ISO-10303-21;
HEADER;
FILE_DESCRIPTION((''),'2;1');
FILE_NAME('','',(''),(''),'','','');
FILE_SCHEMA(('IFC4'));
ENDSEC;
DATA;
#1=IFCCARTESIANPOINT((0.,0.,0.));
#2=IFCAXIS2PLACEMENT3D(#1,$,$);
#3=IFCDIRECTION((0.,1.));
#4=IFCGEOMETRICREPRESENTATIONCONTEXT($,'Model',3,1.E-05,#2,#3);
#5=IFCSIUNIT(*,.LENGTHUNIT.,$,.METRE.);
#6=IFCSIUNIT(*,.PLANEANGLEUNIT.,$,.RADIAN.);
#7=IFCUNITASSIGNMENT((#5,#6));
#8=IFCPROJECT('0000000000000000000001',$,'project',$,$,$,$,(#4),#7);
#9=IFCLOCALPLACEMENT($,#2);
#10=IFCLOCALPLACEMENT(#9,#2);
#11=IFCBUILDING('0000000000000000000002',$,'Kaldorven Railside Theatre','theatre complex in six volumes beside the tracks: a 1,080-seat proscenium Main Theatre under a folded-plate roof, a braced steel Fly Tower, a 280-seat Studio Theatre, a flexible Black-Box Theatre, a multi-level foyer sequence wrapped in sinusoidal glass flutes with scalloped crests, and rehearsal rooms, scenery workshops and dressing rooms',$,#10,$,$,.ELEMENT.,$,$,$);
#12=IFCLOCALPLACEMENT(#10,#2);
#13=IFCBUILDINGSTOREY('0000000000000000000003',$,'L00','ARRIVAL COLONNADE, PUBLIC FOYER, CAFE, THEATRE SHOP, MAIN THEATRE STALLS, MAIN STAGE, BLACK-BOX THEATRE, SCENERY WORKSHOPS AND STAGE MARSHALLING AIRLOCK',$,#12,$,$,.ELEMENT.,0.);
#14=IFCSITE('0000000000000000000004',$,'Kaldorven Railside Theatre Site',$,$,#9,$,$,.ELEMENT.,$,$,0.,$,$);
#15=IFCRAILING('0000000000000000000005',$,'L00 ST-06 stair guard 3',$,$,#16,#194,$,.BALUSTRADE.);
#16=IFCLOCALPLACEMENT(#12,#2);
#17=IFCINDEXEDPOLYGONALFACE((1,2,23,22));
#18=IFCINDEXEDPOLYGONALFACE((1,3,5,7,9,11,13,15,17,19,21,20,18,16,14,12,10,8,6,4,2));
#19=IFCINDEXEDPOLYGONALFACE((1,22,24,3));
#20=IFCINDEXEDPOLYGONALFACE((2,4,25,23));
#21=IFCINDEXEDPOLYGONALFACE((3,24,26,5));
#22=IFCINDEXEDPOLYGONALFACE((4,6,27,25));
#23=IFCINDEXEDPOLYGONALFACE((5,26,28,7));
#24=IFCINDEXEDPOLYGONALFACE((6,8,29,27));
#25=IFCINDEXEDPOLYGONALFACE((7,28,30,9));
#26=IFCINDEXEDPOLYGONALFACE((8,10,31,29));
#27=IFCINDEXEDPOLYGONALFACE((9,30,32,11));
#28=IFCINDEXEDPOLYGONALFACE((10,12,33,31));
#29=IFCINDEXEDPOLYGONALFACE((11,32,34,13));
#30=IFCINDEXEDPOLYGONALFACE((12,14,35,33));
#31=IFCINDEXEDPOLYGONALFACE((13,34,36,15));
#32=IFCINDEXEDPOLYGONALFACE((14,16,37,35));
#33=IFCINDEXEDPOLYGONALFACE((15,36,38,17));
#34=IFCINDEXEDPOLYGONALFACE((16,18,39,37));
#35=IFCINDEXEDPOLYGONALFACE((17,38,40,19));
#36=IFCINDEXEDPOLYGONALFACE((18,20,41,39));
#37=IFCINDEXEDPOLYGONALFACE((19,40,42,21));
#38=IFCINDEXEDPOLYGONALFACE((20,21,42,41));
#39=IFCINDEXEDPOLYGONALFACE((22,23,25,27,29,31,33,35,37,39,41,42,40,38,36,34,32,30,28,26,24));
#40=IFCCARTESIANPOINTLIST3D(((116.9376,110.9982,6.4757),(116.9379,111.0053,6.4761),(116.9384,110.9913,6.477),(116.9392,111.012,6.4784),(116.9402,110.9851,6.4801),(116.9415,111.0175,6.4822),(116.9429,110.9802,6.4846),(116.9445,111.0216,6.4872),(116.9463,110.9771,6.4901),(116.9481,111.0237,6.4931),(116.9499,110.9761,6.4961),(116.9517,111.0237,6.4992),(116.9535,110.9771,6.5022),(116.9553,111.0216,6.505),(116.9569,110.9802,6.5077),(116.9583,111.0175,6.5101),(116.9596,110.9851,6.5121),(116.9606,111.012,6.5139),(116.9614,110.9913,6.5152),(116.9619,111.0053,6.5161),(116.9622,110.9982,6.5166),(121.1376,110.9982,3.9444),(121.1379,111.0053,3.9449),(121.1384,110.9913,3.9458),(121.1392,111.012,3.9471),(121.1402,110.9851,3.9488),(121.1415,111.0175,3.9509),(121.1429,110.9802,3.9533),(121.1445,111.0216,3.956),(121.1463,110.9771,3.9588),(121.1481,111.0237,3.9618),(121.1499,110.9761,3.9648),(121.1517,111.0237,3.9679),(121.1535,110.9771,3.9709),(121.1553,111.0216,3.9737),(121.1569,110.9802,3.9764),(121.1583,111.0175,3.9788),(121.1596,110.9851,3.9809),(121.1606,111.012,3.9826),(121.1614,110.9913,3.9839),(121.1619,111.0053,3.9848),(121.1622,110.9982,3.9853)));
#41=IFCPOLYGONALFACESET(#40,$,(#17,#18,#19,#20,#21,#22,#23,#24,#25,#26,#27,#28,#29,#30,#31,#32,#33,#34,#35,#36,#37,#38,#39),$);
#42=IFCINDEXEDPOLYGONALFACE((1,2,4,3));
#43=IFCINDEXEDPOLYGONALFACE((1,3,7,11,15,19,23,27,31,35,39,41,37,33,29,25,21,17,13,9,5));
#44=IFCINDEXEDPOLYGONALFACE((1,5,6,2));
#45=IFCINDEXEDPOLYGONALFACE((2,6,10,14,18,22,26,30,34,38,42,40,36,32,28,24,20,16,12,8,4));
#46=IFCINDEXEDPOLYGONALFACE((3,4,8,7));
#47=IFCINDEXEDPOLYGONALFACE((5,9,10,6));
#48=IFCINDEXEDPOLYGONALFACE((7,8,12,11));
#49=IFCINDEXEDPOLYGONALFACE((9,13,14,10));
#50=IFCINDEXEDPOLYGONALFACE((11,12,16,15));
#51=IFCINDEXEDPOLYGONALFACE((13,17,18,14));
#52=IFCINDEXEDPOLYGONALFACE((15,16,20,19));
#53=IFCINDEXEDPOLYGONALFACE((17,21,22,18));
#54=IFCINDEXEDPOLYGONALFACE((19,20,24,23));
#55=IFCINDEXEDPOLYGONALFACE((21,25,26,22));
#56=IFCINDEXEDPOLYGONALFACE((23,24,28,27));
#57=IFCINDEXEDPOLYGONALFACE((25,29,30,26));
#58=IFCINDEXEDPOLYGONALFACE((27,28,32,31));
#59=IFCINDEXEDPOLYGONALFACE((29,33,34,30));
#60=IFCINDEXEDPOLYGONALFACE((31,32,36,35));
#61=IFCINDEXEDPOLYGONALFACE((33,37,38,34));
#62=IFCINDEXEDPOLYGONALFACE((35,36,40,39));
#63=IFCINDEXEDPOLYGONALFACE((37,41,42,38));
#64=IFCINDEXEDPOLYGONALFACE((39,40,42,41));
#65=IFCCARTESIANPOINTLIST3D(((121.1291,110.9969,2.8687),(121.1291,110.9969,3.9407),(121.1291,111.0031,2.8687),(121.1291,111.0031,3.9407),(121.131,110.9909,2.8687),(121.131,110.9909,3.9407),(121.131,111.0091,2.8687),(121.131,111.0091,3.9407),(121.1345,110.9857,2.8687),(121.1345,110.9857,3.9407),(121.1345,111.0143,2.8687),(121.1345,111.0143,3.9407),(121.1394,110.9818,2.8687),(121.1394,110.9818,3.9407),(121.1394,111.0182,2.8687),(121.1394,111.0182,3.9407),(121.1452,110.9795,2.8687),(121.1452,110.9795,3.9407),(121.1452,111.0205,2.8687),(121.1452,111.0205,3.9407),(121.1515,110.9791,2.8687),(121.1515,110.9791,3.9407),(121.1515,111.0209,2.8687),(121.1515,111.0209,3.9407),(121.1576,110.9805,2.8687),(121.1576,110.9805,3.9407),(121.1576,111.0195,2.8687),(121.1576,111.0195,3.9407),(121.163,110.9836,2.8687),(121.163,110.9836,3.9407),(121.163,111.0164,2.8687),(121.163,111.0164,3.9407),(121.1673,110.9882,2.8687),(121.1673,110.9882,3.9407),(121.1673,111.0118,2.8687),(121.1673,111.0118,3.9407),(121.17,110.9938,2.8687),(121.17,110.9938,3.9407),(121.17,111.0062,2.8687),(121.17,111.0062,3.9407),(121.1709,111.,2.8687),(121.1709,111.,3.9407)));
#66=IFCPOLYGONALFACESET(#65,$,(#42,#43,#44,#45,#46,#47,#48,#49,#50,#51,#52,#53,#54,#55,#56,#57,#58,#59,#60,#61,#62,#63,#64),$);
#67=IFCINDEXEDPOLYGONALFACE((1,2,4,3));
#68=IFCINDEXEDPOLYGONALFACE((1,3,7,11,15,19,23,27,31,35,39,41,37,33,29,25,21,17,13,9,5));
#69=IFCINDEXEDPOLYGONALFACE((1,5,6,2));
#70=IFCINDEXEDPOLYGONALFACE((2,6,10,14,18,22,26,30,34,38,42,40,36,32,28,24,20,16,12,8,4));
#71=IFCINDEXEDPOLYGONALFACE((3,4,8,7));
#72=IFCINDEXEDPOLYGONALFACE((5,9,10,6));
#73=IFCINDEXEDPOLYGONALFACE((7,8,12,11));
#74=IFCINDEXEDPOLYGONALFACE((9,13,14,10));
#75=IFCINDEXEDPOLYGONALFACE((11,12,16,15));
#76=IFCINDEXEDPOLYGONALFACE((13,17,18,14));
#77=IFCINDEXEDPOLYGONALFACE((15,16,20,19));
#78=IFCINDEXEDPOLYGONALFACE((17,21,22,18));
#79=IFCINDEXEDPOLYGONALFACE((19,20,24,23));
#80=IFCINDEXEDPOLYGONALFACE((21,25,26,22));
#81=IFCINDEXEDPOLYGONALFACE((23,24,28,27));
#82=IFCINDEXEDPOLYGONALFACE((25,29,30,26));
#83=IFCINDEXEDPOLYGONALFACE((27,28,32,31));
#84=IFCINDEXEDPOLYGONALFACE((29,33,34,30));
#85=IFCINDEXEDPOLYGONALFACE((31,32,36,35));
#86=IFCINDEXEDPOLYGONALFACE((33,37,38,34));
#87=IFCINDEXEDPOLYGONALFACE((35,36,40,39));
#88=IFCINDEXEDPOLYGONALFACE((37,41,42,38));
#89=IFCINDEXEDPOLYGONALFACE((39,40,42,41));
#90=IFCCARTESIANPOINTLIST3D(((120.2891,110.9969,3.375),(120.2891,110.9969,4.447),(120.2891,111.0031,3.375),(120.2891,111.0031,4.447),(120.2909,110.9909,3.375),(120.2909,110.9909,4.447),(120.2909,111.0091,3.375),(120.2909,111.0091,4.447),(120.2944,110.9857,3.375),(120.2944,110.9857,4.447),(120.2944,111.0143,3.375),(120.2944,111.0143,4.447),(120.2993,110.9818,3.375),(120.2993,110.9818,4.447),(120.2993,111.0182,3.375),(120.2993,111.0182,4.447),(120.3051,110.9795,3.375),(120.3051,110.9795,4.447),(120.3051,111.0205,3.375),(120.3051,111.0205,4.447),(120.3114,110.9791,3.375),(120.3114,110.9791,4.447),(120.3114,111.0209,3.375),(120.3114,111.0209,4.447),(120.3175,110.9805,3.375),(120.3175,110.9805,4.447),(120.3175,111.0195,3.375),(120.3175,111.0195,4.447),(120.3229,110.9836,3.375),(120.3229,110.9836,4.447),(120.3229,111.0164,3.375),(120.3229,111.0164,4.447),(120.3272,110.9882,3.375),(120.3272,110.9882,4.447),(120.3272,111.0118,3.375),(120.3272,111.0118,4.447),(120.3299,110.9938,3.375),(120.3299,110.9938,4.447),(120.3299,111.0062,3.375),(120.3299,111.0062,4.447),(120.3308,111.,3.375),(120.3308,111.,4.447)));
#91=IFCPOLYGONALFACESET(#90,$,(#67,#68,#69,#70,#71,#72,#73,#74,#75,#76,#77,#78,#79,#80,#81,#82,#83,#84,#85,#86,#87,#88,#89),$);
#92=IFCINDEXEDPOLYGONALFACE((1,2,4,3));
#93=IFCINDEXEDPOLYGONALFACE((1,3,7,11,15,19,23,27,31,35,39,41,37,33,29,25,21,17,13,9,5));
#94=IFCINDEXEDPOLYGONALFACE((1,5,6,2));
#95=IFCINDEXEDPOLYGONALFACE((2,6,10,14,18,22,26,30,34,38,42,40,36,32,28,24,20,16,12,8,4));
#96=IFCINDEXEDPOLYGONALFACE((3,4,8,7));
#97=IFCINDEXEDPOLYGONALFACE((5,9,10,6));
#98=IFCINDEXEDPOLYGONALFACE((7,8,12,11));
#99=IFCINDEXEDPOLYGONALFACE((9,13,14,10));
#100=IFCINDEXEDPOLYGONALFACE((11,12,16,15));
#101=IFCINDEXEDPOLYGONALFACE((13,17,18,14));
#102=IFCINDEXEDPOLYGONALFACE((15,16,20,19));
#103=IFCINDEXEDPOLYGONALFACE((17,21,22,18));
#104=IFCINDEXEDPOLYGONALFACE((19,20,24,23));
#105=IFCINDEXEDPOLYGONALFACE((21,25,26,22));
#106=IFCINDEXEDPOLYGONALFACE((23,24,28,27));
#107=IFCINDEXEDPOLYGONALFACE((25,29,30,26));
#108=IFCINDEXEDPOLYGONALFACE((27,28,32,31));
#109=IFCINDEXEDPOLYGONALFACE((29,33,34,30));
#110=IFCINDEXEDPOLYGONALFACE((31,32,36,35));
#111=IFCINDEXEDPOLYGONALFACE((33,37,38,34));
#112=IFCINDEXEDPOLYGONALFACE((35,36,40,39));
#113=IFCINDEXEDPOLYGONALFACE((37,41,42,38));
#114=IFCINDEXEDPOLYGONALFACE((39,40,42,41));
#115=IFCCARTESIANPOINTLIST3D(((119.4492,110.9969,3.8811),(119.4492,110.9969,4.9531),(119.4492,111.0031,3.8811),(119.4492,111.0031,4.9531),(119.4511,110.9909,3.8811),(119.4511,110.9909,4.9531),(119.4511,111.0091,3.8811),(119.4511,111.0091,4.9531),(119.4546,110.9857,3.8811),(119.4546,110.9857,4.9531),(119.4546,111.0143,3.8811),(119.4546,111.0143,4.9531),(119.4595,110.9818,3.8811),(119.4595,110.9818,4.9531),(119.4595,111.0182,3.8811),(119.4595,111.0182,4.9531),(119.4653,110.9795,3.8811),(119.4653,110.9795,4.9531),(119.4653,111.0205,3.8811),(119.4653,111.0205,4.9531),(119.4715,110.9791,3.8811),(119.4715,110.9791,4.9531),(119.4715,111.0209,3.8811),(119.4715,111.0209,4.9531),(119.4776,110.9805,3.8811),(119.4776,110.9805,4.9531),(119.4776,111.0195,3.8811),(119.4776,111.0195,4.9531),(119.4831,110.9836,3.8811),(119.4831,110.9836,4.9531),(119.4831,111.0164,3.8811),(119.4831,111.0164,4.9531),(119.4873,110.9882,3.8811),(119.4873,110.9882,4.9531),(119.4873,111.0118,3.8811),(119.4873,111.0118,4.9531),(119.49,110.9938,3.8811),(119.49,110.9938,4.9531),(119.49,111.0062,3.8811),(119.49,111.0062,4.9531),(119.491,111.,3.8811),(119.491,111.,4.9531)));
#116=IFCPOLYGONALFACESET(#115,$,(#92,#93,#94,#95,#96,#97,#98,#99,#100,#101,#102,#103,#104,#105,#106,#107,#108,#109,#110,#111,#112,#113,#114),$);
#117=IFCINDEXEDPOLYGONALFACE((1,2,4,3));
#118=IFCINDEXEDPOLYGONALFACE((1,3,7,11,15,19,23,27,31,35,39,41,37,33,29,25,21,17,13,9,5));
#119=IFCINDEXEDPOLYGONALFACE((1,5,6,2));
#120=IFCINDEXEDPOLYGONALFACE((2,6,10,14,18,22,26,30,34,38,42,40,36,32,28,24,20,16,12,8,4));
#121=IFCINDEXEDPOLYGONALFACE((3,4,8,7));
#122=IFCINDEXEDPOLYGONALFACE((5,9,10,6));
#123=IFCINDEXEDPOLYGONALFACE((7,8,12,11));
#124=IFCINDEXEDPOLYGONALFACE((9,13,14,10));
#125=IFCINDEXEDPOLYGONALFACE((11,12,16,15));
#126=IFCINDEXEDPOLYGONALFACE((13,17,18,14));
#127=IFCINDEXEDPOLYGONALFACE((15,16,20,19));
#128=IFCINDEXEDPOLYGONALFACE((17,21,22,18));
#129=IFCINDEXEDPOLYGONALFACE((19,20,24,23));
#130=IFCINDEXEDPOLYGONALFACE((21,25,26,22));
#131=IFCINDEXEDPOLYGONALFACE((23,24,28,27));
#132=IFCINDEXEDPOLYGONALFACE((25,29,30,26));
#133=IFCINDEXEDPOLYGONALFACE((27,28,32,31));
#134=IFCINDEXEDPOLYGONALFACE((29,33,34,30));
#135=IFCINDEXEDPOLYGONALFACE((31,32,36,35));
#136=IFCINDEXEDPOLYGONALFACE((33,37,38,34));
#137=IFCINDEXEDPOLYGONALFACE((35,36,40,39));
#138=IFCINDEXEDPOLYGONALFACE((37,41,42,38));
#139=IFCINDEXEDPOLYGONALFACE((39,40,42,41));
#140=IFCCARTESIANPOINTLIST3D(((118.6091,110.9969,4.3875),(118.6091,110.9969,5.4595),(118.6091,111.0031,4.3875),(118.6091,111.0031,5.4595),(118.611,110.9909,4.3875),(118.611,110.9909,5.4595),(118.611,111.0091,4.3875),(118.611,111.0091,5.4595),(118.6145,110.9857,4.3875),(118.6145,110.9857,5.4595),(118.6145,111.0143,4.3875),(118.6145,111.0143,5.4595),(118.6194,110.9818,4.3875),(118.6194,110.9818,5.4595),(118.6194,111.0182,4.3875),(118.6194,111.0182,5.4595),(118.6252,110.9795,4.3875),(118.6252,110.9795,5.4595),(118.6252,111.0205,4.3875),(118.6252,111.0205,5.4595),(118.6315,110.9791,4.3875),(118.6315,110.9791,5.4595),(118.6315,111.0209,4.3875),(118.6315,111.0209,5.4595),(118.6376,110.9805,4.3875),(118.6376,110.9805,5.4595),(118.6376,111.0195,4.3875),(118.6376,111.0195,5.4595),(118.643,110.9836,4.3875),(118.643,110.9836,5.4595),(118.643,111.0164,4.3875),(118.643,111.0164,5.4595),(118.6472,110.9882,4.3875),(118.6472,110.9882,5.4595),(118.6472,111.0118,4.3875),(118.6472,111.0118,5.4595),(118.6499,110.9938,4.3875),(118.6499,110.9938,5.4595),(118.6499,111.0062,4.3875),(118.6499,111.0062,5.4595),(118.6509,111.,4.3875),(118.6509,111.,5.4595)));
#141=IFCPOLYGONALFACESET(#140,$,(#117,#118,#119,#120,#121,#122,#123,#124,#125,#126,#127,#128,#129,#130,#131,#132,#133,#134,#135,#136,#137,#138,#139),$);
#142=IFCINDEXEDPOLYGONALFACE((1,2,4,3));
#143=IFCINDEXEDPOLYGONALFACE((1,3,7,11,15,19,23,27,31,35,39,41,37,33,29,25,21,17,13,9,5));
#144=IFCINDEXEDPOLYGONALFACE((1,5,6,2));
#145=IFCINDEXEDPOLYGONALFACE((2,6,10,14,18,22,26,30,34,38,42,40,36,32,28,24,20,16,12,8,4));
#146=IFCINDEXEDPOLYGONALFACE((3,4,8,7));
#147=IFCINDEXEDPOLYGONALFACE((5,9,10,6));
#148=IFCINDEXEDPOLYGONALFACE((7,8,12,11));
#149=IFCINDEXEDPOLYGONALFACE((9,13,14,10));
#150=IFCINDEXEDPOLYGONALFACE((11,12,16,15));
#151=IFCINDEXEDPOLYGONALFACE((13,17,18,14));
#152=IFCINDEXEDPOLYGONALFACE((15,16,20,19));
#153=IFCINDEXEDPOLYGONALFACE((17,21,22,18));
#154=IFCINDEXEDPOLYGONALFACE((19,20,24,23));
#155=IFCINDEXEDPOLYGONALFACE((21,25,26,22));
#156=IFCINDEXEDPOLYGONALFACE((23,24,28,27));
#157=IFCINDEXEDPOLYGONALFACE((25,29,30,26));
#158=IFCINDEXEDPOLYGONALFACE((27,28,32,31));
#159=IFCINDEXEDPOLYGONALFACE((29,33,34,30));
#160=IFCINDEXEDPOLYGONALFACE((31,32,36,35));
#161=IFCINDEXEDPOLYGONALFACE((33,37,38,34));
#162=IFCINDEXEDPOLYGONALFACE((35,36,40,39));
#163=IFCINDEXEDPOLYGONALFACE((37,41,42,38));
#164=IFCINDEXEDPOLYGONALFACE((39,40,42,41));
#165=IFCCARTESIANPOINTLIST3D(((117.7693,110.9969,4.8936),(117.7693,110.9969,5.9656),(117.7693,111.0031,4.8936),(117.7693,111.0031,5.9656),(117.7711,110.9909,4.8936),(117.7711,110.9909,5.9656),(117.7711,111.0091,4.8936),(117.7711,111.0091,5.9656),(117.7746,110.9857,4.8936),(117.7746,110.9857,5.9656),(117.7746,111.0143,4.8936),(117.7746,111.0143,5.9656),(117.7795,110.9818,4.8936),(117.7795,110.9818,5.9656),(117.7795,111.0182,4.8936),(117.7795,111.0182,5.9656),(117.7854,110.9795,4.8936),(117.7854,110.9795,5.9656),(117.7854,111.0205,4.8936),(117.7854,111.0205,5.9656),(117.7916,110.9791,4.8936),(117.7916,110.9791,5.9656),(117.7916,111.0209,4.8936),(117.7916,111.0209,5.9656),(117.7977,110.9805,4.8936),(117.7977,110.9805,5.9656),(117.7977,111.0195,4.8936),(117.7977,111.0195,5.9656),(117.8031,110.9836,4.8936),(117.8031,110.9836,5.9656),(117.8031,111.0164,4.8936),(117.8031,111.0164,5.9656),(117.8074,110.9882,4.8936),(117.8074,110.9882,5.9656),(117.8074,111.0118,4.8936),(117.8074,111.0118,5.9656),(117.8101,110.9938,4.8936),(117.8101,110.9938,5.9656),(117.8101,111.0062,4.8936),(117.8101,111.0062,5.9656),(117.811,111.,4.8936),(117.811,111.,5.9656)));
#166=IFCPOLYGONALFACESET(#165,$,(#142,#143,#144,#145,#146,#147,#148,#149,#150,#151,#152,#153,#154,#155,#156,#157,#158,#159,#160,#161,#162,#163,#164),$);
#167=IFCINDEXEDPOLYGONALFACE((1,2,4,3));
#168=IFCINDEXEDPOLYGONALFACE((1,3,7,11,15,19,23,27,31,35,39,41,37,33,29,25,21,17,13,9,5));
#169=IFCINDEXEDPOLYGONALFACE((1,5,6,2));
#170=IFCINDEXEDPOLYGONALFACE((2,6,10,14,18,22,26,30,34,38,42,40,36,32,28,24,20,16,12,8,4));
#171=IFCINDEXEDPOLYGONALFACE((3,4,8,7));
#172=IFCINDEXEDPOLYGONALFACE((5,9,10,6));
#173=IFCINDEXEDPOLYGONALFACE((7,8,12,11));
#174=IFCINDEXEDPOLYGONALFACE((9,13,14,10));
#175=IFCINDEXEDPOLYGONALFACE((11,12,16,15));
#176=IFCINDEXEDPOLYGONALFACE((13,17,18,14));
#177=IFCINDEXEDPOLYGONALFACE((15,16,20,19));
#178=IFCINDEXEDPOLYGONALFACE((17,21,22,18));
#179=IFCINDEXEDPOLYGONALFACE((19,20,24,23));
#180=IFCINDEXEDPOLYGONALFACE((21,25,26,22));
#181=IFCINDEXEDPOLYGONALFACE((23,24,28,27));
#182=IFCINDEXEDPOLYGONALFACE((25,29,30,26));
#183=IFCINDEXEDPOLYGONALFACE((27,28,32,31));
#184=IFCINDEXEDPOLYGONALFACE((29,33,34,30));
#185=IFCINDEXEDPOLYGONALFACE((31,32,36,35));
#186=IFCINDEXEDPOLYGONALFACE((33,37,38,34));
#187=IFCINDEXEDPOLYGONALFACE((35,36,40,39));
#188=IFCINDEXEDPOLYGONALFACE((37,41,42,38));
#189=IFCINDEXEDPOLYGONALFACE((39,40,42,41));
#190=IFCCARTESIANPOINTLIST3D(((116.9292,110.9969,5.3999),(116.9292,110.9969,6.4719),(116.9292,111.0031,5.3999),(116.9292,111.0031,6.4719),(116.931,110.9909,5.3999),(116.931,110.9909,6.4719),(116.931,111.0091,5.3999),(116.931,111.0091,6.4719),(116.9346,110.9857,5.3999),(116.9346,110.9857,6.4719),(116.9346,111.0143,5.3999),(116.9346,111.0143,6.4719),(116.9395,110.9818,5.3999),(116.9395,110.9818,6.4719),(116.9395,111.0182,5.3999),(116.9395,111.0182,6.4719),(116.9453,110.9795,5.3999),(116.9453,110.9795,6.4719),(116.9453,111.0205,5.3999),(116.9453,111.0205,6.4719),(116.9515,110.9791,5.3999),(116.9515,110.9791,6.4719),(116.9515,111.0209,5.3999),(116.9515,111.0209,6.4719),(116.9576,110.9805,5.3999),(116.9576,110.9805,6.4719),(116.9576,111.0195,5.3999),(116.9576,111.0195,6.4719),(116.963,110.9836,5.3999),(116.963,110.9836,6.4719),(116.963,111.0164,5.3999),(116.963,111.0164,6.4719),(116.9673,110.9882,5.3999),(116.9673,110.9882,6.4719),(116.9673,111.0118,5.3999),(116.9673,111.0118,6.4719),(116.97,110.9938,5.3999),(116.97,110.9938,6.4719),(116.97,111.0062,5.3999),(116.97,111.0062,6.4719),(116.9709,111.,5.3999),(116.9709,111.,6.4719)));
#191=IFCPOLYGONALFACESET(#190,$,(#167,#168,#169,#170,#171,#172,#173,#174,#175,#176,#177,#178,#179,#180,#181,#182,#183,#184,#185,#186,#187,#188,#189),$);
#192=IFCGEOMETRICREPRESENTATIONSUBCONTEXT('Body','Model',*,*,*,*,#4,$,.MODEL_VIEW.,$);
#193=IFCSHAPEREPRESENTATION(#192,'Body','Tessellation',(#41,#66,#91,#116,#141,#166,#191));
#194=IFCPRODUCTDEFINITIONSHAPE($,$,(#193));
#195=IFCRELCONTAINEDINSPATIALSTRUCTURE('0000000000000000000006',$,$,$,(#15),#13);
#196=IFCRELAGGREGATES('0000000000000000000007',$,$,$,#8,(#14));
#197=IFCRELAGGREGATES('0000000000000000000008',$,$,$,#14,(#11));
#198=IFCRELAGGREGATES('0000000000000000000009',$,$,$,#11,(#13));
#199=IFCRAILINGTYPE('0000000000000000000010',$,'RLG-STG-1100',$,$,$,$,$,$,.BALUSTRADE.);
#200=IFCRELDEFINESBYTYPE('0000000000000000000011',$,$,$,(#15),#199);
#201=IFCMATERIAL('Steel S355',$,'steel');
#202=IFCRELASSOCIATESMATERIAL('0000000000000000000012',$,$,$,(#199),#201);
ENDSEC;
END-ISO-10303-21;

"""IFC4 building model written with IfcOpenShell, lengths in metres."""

from ifc_helpers import new_model, si_unit, direction, frame, origin, origin_2d, place, context, subcontext, project, spatial, circle, extrude, material, type_object, element, save


model = new_model("IFC4")

# Units and contexts
model_context = context("Model", 3, precision=1e-05, world=origin(), true_north=direction((0.0, 1.0)))
body_context = subcontext(model_context, "Body", "Model", "MODEL_VIEW")
ifc_project = project(units=[si_unit("LENGTHUNIT", "METRE"), si_unit("PLANEANGLEUNIT", "RADIAN")], contexts=[model_context])

# Site, building, storey
site_placement = place(None, origin())
site = spatial("IfcSite", under=ifc_project, at=site_placement, Name="Kaldorven Railside Theatre Site", CompositionType="ELEMENT", RefElevation=0.0)
building_placement = place(site_placement, origin())
building = spatial("IfcBuilding", under=site, at=building_placement, Name="Kaldorven Railside Theatre", Description="theatre complex in six volumes beside the tracks: a 1,080-seat proscenium Main Theatre under a folded-plate roof, a braced steel Fly Tower, a 280-seat Studio Theatre, a flexible Black-Box Theatre, a multi-level foyer sequence wrapped in sinusoidal glass flutes with scalloped crests, and rehearsal rooms, scenery workshops and dressing rooms", CompositionType="ELEMENT")
storey_placement = place(building_placement, origin())
storey = spatial("IfcBuildingStorey", under=building, at=storey_placement, Name="L00", Description="ARRIVAL COLONNADE, PUBLIC FOYER, CAFE, THEATRE SHOP, MAIN THEATRE STALLS, MAIN STAGE, BLACK-BOX THEATRE, SCENERY WORKSHOPS AND STAGE MARSHALLING AIRLOCK", CompositionType="ELEMENT", Elevation=0.0)

# Shared definitions
ifc_material_1 = material(Name="Steel S355", Category="steel")

# Railing
railing_type_1 = type_object("IfcRailingType", Name="RLG-STG-1100", PredefinedType="BALUSTRADE", material=ifc_material_1)
railing_1_placement = place(storey_placement, frame((121.1499, 111.0, 2.8687)))
element("IfcRailing", 1, at=railing_1_placement, inside=storey, type_object=railing_type_1, Name="L00 ST-06 stair guard 3", PredefinedType="BALUSTRADE", context=body_context, shape_type="SweptSolid", body=[
    extrude(circle(Radius=0.0239, at=origin_2d()), frame((0.0, 0.0, 1.0962), z_axis=(-0.856476, 0.0, 0.516186), x_axis=(0.0, -1.0, 0.0)), (0.0, 0.0, 1.0), 4.9038),
    extrude(circle(Radius=0.021, at=origin_2d()), origin(), (0.0, 0.0, 1.0), 1.072),
    extrude(circle(Radius=0.021, at=origin_2d()), frame((-0.8401, 0.0, 0.5063)), (0.0, 0.0, 1.0), 1.072),
    extrude(circle(Radius=0.021, at=origin_2d()), frame((-1.6799, 0.0, 1.0125)), (0.0, 0.0, 1.0), 1.072),
    extrude(circle(Radius=0.021, at=origin_2d()), frame((-2.52, 0.0, 1.5188)), (0.0, 0.0, 1.0), 1.072),
    extrude(circle(Radius=0.021, at=origin_2d()), frame((-3.3599, 0.0, 2.0249)), (0.0, 0.0, 1.0), 1.072),
    extrude(circle(Radius=0.021, at=origin_2d()), frame((-4.2, 0.0, 2.5312)), (0.0, 0.0, 1.0), 1.072),
])

save(model, "model.ifc")
